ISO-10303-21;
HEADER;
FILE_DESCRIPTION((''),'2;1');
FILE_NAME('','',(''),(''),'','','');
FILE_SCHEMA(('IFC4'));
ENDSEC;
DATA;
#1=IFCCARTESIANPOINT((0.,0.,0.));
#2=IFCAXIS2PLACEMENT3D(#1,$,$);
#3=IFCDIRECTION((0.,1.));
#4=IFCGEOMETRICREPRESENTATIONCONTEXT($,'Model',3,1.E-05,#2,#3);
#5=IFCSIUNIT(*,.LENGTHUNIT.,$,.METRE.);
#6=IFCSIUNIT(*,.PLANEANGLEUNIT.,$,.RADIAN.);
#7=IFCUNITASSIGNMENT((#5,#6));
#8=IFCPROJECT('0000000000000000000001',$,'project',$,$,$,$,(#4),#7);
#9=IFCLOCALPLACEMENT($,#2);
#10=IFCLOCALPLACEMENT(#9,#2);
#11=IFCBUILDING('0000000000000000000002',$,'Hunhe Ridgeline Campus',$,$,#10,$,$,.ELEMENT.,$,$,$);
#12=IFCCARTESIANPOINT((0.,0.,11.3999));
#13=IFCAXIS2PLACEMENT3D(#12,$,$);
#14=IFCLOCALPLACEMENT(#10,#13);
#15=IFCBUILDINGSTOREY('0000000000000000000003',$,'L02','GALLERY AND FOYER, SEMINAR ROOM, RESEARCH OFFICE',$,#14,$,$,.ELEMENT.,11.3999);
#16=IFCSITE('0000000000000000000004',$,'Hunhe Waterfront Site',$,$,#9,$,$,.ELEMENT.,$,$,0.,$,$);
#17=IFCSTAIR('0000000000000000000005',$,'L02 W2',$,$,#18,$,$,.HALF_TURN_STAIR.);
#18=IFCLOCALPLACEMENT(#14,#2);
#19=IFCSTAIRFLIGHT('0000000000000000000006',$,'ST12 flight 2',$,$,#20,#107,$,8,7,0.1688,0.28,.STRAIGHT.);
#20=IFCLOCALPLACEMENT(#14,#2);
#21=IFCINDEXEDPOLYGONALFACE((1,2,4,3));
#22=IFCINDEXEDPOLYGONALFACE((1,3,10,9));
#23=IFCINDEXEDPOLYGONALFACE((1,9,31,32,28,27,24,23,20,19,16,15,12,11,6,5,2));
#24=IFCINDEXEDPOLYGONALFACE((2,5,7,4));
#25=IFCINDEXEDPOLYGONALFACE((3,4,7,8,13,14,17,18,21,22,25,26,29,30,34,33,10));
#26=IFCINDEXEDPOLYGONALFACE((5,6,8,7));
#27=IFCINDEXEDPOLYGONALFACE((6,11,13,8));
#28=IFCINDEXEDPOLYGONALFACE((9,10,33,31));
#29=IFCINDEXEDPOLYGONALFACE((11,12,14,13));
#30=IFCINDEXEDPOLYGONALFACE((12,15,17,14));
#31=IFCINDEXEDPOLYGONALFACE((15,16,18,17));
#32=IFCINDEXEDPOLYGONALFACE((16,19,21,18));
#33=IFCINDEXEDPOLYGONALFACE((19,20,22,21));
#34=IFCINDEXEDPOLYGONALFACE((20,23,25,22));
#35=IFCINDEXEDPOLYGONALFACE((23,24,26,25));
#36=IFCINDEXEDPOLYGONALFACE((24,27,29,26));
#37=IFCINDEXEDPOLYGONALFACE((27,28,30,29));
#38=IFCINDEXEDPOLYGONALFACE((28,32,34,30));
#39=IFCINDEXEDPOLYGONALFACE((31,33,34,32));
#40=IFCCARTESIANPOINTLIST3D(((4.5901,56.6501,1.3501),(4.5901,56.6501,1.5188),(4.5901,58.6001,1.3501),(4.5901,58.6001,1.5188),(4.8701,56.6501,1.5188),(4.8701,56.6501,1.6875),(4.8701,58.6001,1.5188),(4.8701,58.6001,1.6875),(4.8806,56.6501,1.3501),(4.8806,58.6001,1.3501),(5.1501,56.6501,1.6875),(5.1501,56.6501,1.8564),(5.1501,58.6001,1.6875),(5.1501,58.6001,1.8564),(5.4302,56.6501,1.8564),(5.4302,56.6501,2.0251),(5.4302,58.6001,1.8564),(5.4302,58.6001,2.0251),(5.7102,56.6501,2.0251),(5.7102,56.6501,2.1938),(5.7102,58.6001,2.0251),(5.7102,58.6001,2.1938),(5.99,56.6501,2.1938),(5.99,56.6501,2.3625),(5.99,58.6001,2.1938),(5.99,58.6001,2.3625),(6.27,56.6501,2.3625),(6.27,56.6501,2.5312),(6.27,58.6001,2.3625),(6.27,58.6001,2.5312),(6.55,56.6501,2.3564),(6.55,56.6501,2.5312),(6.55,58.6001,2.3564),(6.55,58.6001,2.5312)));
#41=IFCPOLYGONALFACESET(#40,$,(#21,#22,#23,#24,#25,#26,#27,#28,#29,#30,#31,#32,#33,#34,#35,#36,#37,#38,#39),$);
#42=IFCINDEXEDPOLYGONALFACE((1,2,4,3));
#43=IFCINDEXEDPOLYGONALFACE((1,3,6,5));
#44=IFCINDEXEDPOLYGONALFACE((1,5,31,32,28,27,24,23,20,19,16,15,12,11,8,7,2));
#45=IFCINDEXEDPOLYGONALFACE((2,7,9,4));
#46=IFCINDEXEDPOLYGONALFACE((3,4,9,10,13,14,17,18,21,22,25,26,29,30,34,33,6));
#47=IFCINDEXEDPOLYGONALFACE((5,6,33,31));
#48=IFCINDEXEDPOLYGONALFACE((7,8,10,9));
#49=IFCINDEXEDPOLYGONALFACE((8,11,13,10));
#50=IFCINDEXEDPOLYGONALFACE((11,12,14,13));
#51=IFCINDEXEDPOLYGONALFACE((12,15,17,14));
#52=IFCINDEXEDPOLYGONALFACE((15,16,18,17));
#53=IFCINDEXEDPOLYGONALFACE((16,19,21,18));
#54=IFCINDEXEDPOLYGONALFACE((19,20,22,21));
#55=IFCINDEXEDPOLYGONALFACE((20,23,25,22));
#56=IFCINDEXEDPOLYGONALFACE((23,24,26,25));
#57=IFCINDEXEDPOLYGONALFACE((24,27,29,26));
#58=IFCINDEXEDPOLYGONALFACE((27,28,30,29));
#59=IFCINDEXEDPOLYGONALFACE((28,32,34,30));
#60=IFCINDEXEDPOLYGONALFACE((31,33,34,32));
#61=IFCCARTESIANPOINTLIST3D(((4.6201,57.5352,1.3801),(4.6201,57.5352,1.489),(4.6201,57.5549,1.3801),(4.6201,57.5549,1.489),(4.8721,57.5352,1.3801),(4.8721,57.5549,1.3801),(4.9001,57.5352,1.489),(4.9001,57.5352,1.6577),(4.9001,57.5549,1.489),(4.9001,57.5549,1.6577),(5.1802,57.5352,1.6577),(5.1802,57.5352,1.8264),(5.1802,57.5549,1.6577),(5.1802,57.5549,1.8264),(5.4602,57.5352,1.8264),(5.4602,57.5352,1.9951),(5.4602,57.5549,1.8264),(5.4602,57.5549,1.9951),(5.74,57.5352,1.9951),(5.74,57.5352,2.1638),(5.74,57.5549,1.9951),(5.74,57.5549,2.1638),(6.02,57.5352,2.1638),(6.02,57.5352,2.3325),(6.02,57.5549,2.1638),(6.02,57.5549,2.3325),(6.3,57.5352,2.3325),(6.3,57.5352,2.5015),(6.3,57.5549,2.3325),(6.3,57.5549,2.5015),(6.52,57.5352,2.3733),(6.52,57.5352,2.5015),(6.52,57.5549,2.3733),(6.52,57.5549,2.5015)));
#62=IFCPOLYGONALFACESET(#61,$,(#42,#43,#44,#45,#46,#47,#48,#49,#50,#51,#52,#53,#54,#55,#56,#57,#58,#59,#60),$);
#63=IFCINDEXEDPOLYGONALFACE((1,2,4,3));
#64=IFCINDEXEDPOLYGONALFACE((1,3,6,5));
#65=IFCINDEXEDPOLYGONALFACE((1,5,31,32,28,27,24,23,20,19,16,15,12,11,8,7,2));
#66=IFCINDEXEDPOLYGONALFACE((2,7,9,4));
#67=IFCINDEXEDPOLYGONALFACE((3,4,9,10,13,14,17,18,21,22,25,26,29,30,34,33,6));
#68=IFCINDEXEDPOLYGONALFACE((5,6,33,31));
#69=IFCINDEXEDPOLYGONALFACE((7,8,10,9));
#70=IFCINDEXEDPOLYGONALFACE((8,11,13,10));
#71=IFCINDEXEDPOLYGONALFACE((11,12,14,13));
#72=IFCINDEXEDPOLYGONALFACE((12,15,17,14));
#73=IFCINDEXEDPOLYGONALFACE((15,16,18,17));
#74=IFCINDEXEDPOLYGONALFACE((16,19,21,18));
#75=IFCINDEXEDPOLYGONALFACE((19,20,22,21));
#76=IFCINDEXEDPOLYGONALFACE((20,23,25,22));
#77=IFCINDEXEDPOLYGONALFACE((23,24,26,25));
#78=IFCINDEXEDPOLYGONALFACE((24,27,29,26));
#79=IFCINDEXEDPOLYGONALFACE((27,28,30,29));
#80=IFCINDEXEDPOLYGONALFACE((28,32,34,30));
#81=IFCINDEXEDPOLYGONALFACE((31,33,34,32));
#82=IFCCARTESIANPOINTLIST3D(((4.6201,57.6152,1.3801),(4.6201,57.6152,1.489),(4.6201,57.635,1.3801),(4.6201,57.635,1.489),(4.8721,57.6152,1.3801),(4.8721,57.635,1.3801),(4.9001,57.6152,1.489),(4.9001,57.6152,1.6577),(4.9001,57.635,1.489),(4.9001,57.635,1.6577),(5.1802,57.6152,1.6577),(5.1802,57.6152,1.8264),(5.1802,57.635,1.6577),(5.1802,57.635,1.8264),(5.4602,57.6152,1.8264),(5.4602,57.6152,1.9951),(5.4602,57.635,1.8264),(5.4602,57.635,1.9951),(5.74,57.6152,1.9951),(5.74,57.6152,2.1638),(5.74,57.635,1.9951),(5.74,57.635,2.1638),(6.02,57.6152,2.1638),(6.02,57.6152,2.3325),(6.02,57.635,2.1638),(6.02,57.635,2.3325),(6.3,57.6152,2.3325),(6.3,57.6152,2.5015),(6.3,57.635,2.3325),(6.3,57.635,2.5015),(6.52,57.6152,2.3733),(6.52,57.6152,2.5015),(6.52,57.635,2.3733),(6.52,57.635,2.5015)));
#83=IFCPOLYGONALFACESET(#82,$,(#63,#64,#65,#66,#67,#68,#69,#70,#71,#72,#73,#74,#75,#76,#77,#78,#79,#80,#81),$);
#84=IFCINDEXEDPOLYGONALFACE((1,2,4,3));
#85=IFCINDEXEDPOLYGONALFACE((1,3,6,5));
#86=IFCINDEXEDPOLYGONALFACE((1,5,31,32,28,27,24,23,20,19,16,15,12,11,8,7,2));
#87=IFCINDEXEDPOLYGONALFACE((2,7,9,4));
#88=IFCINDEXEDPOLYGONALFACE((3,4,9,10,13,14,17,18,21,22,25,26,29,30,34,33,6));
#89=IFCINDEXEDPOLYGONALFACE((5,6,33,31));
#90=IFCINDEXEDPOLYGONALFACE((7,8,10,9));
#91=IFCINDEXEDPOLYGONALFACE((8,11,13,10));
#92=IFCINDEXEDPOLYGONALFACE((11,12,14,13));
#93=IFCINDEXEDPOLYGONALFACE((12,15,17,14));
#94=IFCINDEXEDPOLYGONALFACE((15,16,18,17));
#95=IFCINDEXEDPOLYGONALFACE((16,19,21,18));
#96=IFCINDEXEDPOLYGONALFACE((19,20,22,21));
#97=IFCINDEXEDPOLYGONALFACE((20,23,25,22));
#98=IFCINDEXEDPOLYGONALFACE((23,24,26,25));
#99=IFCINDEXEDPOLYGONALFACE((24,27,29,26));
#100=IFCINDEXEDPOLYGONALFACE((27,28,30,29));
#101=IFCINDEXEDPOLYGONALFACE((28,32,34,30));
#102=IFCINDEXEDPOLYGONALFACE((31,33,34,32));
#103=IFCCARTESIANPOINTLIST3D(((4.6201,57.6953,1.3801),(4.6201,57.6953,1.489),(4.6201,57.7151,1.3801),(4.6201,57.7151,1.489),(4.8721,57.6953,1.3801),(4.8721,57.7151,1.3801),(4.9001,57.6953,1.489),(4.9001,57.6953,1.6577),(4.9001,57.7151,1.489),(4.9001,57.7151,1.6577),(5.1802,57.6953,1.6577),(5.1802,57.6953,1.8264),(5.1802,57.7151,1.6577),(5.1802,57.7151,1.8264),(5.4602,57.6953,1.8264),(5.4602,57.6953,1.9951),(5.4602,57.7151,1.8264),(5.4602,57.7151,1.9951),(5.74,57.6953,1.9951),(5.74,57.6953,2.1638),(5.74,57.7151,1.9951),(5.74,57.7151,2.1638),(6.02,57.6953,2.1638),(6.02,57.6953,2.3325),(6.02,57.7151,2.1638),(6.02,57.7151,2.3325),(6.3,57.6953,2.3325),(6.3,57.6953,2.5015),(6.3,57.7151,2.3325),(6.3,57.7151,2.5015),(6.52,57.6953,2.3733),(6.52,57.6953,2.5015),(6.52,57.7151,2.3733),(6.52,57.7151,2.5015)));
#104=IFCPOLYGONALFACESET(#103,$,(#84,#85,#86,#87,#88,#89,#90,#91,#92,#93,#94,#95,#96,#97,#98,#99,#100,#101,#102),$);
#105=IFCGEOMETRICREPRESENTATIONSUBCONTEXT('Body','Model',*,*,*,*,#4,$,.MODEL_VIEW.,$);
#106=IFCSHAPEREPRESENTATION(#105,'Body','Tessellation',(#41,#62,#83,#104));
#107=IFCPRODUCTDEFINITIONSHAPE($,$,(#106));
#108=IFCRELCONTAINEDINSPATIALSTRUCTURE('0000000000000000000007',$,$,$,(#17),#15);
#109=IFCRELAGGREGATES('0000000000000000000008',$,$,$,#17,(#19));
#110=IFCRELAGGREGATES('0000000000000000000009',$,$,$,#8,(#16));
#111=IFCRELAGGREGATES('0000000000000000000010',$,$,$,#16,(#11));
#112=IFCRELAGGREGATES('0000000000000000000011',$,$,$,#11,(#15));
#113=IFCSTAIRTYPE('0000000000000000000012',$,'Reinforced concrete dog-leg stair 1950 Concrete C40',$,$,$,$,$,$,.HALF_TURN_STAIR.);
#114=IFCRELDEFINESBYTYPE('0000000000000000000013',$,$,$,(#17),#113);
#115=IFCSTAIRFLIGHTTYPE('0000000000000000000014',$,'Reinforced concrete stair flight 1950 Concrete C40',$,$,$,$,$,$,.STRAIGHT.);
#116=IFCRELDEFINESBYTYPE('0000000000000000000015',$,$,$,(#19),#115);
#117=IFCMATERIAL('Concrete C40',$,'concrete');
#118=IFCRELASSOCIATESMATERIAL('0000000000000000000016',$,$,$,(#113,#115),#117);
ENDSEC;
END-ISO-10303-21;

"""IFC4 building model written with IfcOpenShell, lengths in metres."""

from ifc_helpers import new_model, si_unit, direction, frame, origin, place, context, subcontext, project, spatial, polyline, outline, extrude, material, type_object, element, aggregate, save


model = new_model("IFC4")

# Units and contexts
model_context = context("Model", 3, precision=1e-05, world=origin(), true_north=direction((0.0, 1.0)))
body_context = subcontext(model_context, "Body", "Model", "MODEL_VIEW")
ifc_project = project(units=[si_unit("LENGTHUNIT", "METRE"), si_unit("PLANEANGLEUNIT", "RADIAN")], contexts=[model_context])

# Site, building, storey
site_placement = place(None, origin())
site = spatial("IfcSite", under=ifc_project, at=site_placement, Name="Hunhe Waterfront Site", CompositionType="ELEMENT", RefElevation=0.0)
building_placement = place(site_placement, origin())
building = spatial("IfcBuilding", under=site, at=building_placement, Name="Hunhe Ridgeline Campus", CompositionType="ELEMENT")
storey_placement = place(building_placement, frame((0.0, 0.0, 11.3999)))
storey = spatial("IfcBuildingStorey", under=building, at=storey_placement, Name="L02", Description="GALLERY AND FOYER, SEMINAR ROOM, RESEARCH OFFICE", CompositionType="ELEMENT", Elevation=11.3999)

# Stair, stair flight
ifc_material_1 = material(Name="Concrete C40", Category="concrete")
stair_type = type_object("IfcStairType", Name="Reinforced concrete dog-leg stair 1950 Concrete C40", PredefinedType="HALF_TURN_STAIR", material=ifc_material_1)
stair_flight_type = type_object("IfcStairFlightType", Name="Reinforced concrete stair flight 1950 Concrete C40", PredefinedType="STRAIGHT", material=ifc_material_1)
stair_1_placement = place(storey_placement, origin())
stair_1 = element("IfcStair", 1, at=stair_1_placement, inside=storey, type_object=stair_type, Name="L02 W2", PredefinedType="HALF_TURN_STAIR")
stair_flight_1_placement = place(storey_placement, frame((4.5901, 57.625, 1.3501), z_axis=(0.0, 0.0, 1.0), x_axis=(1.0, 0.0, 0.0)))
stair_flight_1 = element("IfcStairFlight", 2, at=stair_flight_1_placement, type_object=stair_flight_type, Name="ST12 flight 2", NumberOfRisers=8, NumberOfTreads=7, PredefinedType="STRAIGHT", RiserHeight=0.1688, TreadLength=0.28, context=body_context, shape_type="SweptSolid", body=[
    extrude(outline(polyline([(0.0, 0.0), (0.0, 0.1687), (0.28, 0.1687), (0.28, 0.3374), (0.5601, 0.3374), (0.5601, 0.5063), (0.8401, 0.5063), (0.8401, 0.675), (1.1201, 0.675), (1.1201, 0.8438), (1.3999, 0.8438), (1.3999, 1.0125), (1.6799, 1.0125), (1.6799, 1.1812), (1.96, 1.1812), (1.96, 1.3501), (1.96, 1.0063), (0.2905, 0.0), (0.0, 0.0)])), frame((0.0, 0.9751, 0.0), z_axis=(0.0, -1.0, 0.0), x_axis=(1.0, 0.0, 0.0)), (0.0, 0.0, 1.0), 1.95),
    extrude(outline(polyline([(0.03, 0.03), (0.03, 0.1389), (0.3101, 0.1389), (0.3101, 0.3076), (0.5901, 0.3076), (0.5901, 0.4763), (0.8701, 0.4763), (0.8701, 0.645), (1.1499, 0.645), (1.1499, 0.8137), (1.4299, 0.8137), (1.4299, 0.9824), (1.71, 0.9824), (1.71, 1.1514), (1.9299, 1.1514), (1.9299, 1.0232), (0.282, 0.03), (0.03, 0.03)])), frame((0.0, -0.0701, 0.0), z_axis=(0.0, -1.0, 0.0), x_axis=(1.0, 0.0, 0.0)), (0.0, 0.0, 1.0), 0.0198),
    extrude(outline(polyline([(0.03, 0.03), (0.03, 0.1389), (0.3101, 0.1389), (0.3101, 0.3076), (0.5901, 0.3076), (0.5901, 0.4763), (0.8701, 0.4763), (0.8701, 0.645), (1.1499, 0.645), (1.1499, 0.8137), (1.4299, 0.8137), (1.4299, 0.9824), (1.71, 0.9824), (1.71, 1.1514), (1.9299, 1.1514), (1.9299, 1.0232), (0.282, 0.03), (0.03, 0.03)])), frame((0.0, 0.01, 0.0), z_axis=(0.0, -1.0, 0.0), x_axis=(1.0, 0.0, 0.0)), (0.0, 0.0, 1.0), 0.0198),
    extrude(outline(polyline([(0.03, 0.03), (0.03, 0.1389), (0.3101, 0.1389), (0.3101, 0.3076), (0.5901, 0.3076), (0.5901, 0.4763), (0.8701, 0.4763), (0.8701, 0.645), (1.1499, 0.645), (1.1499, 0.8137), (1.4299, 0.8137), (1.4299, 0.9824), (1.71, 0.9824), (1.71, 1.1514), (1.9299, 1.1514), (1.9299, 1.0232), (0.282, 0.03), (0.03, 0.03)])), frame((0.0, 0.0901, 0.0), z_axis=(0.0, -1.0, 0.0), x_axis=(1.0, 0.0, 0.0)), (0.0, 0.0, 1.0), 0.0198),
])
aggregate(stair_1, [stair_flight_1])

save(model, "model.ifc")
